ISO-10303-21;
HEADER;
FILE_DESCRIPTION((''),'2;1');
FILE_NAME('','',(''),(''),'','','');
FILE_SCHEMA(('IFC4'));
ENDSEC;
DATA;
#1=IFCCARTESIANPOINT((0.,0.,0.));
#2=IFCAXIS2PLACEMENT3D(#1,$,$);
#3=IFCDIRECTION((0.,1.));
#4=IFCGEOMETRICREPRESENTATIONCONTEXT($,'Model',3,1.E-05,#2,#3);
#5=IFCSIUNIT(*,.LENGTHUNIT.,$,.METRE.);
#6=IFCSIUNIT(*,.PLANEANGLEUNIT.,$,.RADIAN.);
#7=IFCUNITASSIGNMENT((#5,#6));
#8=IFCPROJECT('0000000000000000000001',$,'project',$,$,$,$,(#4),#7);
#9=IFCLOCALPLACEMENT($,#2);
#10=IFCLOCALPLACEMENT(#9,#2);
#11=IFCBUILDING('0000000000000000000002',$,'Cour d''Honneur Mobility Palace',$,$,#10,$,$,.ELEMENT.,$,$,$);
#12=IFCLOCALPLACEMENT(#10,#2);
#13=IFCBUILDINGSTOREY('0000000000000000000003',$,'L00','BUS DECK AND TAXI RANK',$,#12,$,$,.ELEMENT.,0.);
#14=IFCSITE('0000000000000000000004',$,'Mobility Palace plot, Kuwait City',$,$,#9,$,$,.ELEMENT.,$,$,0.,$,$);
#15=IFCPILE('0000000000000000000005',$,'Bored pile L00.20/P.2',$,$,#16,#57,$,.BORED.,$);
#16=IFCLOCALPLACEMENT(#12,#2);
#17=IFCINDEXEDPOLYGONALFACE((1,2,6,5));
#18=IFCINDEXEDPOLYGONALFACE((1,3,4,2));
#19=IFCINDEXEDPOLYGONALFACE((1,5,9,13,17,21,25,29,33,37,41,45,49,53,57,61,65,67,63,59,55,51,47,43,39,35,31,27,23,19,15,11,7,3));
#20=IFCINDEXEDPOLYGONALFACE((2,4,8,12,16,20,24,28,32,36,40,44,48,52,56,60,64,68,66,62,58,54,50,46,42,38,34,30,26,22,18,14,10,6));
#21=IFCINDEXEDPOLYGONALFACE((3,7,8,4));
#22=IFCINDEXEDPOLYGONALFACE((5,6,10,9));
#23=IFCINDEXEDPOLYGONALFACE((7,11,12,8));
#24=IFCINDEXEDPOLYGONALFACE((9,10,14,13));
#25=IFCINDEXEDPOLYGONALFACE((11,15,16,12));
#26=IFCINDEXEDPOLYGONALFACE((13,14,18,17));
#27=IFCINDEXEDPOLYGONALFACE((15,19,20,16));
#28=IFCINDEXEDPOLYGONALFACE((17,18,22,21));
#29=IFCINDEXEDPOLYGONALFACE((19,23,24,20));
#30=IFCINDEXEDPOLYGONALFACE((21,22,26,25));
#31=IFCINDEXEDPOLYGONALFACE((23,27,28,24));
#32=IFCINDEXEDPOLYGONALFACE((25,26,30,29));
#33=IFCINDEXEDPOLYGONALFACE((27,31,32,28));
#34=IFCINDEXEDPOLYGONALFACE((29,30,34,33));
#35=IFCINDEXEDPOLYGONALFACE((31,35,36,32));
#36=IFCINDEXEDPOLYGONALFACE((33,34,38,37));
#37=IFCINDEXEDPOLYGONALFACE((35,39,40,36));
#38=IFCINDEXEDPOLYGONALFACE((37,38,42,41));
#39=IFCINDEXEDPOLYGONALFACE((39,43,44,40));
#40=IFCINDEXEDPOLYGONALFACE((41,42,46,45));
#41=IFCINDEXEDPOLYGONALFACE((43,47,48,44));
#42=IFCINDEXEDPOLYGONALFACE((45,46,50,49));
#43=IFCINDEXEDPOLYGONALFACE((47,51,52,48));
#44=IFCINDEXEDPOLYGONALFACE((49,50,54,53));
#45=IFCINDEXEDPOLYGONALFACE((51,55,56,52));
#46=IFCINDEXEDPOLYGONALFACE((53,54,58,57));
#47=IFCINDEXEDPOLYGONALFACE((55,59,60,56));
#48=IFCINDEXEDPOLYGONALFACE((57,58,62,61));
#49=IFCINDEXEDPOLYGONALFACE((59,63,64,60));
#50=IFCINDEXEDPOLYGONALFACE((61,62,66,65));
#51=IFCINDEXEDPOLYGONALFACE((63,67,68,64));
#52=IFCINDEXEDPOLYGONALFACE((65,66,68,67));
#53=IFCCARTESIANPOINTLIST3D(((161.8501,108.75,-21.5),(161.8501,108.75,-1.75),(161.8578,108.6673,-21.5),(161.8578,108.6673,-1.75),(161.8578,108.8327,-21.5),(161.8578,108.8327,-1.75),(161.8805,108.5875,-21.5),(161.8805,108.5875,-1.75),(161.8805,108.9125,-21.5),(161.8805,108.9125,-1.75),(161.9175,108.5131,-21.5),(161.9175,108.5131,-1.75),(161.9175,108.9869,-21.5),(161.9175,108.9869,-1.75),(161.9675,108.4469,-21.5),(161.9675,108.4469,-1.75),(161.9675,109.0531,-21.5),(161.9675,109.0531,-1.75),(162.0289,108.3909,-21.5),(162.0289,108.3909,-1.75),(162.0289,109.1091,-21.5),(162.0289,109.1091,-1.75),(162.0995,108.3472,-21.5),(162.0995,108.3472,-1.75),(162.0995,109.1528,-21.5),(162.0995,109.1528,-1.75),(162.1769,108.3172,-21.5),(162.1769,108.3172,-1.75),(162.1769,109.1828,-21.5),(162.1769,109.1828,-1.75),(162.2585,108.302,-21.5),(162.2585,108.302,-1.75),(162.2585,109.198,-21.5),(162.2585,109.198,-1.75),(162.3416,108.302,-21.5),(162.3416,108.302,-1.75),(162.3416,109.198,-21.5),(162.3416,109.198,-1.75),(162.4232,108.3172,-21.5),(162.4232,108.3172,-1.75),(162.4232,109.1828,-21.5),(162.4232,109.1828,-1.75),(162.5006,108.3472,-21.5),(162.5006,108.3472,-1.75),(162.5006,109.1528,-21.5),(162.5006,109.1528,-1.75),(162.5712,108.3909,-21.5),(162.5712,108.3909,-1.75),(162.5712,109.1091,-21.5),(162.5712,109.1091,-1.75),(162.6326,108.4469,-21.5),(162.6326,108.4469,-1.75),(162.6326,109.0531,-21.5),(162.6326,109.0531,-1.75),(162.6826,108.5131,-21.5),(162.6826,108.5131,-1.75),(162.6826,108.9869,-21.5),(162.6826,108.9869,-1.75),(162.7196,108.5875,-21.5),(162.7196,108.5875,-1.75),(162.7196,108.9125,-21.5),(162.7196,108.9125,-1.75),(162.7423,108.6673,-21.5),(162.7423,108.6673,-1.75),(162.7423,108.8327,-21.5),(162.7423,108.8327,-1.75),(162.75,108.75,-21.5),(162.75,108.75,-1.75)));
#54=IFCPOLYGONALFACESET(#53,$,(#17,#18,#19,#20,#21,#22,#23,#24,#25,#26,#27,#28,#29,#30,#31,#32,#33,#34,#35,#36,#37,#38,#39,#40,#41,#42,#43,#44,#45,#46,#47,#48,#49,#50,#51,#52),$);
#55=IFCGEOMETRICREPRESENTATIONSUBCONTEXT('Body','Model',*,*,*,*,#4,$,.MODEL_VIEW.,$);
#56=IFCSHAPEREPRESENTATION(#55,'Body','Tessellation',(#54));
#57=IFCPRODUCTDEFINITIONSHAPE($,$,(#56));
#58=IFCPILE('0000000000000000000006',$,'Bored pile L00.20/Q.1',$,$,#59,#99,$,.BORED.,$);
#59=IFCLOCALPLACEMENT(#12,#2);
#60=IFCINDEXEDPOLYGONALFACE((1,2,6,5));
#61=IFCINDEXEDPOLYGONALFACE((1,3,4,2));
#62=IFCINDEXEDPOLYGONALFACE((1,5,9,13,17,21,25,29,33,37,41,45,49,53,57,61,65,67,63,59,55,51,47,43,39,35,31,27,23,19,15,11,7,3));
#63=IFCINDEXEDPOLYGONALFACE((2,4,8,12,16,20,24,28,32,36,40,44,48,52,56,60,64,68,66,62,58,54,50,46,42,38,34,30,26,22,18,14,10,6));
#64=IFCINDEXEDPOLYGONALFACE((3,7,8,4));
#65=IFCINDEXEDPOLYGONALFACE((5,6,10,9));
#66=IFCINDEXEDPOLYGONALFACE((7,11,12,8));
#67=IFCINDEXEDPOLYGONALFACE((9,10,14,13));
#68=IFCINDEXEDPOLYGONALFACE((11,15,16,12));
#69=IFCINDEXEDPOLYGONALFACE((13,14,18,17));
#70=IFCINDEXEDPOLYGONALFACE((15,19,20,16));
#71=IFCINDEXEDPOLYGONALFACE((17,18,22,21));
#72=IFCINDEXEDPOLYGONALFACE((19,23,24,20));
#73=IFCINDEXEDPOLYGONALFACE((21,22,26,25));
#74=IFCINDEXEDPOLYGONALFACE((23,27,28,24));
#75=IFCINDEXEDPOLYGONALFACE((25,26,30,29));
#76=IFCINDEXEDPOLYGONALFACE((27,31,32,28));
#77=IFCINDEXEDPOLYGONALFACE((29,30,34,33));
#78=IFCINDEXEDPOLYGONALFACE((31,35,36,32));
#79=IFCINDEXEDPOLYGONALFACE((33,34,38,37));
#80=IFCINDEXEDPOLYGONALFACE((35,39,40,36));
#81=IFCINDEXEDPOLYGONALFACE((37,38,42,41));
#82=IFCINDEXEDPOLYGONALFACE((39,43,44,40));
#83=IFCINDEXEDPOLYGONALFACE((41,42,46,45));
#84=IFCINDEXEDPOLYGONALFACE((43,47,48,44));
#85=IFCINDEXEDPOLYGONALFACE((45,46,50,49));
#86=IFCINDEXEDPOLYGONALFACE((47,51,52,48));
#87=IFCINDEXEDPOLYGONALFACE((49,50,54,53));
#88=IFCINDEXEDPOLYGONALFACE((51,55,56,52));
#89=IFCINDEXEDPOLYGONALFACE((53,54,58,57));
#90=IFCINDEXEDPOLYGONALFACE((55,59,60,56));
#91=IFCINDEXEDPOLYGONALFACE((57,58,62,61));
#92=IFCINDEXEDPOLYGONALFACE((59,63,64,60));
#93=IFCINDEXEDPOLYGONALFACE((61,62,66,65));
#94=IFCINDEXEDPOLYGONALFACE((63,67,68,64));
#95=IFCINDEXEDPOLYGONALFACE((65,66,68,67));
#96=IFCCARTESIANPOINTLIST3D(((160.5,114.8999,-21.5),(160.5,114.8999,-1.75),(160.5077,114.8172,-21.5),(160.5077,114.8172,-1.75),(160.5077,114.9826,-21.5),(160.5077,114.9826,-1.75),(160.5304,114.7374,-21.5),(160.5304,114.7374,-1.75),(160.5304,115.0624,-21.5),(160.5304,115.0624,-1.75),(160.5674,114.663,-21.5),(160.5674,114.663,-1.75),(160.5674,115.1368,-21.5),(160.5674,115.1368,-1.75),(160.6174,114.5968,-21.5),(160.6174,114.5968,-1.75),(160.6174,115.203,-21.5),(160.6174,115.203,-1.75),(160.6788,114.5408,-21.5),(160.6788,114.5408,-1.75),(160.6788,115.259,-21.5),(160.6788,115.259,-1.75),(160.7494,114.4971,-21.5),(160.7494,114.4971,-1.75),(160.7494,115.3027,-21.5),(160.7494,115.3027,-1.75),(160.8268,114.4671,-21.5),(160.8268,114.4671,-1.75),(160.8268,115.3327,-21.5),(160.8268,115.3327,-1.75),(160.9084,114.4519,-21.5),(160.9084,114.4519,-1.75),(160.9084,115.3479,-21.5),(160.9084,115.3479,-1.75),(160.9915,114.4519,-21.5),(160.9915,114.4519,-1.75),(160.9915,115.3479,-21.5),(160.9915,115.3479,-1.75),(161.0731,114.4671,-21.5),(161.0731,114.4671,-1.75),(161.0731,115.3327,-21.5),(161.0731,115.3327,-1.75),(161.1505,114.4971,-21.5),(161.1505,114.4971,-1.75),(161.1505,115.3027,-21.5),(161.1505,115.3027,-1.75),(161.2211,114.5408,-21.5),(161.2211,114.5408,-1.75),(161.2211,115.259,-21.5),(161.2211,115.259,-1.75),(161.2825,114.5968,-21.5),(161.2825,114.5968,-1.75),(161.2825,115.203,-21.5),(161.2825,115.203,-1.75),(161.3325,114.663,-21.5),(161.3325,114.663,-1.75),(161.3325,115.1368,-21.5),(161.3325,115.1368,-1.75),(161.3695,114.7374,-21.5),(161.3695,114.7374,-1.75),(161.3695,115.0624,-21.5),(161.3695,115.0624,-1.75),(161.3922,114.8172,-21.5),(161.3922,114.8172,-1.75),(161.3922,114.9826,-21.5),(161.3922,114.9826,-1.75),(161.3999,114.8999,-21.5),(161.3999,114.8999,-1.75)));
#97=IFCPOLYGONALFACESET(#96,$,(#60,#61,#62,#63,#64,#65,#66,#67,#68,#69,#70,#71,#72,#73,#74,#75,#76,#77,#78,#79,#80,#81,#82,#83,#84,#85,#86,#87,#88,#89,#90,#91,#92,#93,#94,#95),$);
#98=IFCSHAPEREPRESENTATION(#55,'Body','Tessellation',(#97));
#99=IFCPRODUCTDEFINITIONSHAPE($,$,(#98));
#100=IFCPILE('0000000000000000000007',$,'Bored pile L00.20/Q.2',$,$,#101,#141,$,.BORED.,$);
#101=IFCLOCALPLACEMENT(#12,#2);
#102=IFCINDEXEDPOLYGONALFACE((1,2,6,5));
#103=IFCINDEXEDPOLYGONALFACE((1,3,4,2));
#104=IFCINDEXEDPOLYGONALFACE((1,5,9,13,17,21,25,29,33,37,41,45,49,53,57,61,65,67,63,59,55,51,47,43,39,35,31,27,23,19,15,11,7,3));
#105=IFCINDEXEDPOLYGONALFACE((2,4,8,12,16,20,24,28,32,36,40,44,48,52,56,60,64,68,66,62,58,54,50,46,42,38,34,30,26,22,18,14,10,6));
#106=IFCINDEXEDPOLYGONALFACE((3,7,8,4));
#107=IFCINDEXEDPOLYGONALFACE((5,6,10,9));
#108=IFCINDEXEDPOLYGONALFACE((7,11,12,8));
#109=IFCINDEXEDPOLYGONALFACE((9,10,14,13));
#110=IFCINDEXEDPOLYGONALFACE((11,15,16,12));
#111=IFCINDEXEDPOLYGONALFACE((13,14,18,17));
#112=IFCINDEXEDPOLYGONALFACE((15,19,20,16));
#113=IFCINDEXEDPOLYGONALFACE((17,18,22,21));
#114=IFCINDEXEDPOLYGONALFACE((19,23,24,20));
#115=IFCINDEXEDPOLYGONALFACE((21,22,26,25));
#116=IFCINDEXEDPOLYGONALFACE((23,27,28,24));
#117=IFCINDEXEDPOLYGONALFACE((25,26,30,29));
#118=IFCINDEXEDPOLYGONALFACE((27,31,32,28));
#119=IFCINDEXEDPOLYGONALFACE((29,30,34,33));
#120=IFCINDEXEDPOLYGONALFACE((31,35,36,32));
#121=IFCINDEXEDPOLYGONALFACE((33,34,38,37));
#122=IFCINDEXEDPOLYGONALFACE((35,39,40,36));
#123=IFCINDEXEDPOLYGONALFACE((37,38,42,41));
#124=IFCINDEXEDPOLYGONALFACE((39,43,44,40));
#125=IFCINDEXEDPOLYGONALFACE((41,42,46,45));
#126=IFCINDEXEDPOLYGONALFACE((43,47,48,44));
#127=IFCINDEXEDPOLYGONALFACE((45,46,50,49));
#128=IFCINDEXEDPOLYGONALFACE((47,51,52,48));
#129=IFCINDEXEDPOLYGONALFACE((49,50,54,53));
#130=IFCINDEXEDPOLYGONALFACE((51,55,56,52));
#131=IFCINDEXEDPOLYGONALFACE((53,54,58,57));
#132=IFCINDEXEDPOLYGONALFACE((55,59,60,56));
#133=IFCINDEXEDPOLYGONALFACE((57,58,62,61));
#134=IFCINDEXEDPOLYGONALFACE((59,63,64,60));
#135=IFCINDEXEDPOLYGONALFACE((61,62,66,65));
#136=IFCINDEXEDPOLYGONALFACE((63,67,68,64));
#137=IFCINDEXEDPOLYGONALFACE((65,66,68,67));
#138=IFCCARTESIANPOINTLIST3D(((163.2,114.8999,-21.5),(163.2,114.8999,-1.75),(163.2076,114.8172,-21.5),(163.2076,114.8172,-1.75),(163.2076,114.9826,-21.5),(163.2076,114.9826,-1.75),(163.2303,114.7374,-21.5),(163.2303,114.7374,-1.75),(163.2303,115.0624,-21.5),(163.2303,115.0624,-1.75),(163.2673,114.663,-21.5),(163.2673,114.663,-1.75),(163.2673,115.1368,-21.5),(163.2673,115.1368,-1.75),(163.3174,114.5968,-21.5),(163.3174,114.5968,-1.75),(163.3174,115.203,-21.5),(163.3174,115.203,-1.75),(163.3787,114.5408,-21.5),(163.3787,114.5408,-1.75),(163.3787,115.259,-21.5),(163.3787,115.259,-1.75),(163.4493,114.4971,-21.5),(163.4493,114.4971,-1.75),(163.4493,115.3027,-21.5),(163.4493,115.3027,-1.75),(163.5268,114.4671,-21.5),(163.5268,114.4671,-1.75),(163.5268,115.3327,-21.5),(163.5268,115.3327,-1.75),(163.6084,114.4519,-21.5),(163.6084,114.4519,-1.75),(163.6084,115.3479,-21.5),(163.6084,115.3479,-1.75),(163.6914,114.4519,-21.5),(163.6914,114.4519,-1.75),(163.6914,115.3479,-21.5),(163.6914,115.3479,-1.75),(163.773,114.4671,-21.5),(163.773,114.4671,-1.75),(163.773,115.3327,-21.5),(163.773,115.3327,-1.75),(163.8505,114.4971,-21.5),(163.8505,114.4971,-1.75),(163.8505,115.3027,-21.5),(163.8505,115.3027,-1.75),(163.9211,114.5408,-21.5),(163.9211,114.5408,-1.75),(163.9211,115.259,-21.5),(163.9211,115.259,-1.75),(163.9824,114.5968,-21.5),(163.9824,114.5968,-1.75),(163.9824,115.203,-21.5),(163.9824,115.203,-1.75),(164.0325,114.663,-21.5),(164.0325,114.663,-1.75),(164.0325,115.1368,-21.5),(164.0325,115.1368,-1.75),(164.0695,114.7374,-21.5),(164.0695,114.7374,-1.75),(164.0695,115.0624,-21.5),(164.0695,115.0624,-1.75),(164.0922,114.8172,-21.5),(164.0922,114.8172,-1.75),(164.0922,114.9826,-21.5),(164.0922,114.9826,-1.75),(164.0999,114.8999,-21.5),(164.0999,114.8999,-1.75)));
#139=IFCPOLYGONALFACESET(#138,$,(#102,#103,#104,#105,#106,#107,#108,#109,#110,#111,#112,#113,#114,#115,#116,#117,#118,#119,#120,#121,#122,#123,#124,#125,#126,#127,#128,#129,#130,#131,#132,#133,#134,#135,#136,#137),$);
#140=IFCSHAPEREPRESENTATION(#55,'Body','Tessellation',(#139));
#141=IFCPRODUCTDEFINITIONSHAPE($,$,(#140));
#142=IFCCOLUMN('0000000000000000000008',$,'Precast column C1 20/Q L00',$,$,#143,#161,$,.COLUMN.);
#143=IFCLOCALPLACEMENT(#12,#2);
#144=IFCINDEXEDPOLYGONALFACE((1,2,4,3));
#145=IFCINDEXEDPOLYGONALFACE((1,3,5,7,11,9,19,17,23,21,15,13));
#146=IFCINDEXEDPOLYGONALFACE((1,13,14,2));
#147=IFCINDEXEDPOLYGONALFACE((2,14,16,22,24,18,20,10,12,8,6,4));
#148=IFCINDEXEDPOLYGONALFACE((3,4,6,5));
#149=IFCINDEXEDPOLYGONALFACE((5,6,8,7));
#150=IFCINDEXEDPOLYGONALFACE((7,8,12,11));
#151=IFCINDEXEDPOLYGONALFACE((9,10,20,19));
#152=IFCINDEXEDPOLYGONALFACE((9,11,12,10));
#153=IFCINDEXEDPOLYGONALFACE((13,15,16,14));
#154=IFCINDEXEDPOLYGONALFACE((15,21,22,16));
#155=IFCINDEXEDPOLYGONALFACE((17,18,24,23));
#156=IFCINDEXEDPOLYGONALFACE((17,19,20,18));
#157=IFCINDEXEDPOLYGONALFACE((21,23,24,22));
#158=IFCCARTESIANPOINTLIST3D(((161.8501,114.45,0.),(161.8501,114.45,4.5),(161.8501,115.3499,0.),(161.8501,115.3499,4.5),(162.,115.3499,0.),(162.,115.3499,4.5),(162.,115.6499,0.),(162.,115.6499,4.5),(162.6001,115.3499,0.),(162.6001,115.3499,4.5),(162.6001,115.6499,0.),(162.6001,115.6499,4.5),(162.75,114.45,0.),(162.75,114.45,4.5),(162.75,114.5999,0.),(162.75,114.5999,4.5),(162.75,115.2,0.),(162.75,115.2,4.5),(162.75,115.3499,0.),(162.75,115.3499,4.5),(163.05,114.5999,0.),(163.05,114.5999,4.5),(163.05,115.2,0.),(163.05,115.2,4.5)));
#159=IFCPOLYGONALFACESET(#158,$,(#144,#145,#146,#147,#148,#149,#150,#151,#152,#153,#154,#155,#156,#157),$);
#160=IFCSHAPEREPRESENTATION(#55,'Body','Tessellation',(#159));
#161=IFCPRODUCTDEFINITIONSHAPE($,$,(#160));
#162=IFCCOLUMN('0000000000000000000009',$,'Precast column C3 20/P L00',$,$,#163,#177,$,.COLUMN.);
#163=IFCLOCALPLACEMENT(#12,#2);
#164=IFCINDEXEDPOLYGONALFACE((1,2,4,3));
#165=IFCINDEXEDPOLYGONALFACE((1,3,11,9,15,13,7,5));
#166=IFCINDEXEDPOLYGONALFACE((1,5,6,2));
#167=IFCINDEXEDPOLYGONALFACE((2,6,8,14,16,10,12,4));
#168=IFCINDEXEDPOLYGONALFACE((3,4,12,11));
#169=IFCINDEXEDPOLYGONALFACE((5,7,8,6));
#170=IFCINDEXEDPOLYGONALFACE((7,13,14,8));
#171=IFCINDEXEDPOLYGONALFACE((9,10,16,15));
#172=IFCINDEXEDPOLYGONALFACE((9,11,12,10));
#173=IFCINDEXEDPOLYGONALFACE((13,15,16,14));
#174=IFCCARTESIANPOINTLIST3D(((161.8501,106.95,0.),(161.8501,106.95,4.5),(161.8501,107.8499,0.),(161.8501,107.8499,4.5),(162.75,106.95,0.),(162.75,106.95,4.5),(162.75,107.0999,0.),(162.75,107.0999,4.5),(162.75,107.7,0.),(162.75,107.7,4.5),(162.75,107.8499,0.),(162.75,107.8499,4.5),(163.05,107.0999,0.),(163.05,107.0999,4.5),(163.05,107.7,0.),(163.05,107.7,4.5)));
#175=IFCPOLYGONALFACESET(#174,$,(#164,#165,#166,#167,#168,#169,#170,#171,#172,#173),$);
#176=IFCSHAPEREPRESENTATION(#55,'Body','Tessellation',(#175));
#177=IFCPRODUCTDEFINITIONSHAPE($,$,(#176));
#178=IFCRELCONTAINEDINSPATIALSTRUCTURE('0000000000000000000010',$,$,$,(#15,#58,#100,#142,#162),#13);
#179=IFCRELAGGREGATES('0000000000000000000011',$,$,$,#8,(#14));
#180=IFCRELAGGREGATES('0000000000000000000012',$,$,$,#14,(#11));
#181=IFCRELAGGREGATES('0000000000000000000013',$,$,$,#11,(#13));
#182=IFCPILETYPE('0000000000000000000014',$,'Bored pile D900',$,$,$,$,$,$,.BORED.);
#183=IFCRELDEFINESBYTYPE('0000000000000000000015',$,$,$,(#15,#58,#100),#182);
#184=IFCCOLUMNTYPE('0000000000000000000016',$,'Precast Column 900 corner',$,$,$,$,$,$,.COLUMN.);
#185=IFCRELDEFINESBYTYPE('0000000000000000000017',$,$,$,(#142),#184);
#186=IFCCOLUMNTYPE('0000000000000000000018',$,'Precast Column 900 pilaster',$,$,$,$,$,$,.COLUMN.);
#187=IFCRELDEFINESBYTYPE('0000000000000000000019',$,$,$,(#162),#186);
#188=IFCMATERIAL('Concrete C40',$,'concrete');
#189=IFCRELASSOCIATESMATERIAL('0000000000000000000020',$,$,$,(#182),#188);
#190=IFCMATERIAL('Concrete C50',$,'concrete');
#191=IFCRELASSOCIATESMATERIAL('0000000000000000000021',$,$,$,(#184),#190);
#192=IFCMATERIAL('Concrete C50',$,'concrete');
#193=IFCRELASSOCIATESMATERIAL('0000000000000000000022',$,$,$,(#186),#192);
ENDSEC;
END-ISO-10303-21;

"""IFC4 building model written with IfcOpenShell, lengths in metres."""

from ifc_helpers import new_model, si_unit, direction, frame, origin, origin_2d, place, context, subcontext, project, spatial, polyline, circle, outline, extrude, material, material_profile, profile_set, type_object, element, save


model = new_model("IFC4")

# Units and contexts
model_context = context("Model", 3, precision=1e-05, world=origin(), true_north=direction((0.0, 1.0)))
body_context = subcontext(model_context, "Body", "Model", "MODEL_VIEW")
ifc_project = project(units=[si_unit("LENGTHUNIT", "METRE"), si_unit("PLANEANGLEUNIT", "RADIAN")], contexts=[model_context])

# Site, building, storey
site_placement = place(None, origin())
site = spatial("IfcSite", under=ifc_project, at=site_placement, Name="Mobility Palace plot, Kuwait City", CompositionType="ELEMENT", RefElevation=0.0)
building_placement = place(site_placement, origin())
building = spatial("IfcBuilding", under=site, at=building_placement, Name="Cour d'Honneur Mobility Palace", CompositionType="ELEMENT")
storey_placement = place(building_placement, origin())
storey = spatial("IfcBuildingStorey", under=building, at=storey_placement, Name="L00", Description="BUS DECK AND TAXI RANK", CompositionType="ELEMENT", Elevation=0.0)

# Piles
ifc_material_1 = material(Name="Concrete C40", Category="concrete")
ifc_material_profile_1 = material_profile(ifc_material_1, circle(Radius=0.45, at=origin_2d()), Name="Bored pile D900")
ifc_profile_set_1 = profile_set([ifc_material_profile_1], Name="Concrete C40")
pile_type = type_object("IfcPileType", Name="Bored pile D900", PredefinedType="BORED", material=ifc_profile_set_1)
for number, where, z_axis, x_axis, name in (
    (1, (162.3, 108.75, -1.75), (0.0, 0.0, -1.0), (1.0, 0.0, 0.0), "Bored pile L00.20/P.2"),
    (2, (160.95, 114.8999, -1.75), (0.0, 0.0, -1.0), (1.0, 0.0, 0.0), "Bored pile L00.20/Q.1"),
    (3, (163.6499, 114.8999, -1.75), (0.0, 0.0, -1.0), (1.0, 0.0, 0.0), "Bored pile L00.20/Q.2"),
):
    element("IfcPile", number, at=place(storey_placement, frame(where, z_axis=z_axis, x_axis=x_axis)), inside=storey, type_object=pile_type, Name=name, PredefinedType="BORED", context=body_context, shape_type="SweptSolid", body=[
        extrude(circle(Radius=0.45, at=origin_2d()), origin(), (0.0, 0.0, 1.0), 19.75),
    ])

# Columns
ifc_material_2 = material(Name="Concrete C50", Category="concrete")
ifc_material_profile_2 = material_profile(ifc_material_2, outline(polyline([(-0.45, -0.45), (0.45, -0.45), (0.45, -0.3), (0.75, -0.3), (0.75, 0.3), (0.45, 0.3), (0.45, 0.45), (0.3, 0.45), (0.3, 0.75), (-0.3, 0.75), (-0.3, 0.45), (-0.45, 0.45), (-0.45, -0.45)])), Name="PC C900 corner")
ifc_profile_set_2 = profile_set([ifc_material_profile_2], Name="Concrete C50")
column_type_1 = type_object("IfcColumnType", Name="Precast Column 900 corner", PredefinedType="COLUMN", material=ifc_profile_set_2)
column_1_placement = place(storey_placement, frame((162.3, 114.8999, 0.0), z_axis=(0.0, 0.0, 1.0), x_axis=(1.0, 0.0, 0.0)))
element("IfcColumn", 4, at=column_1_placement, inside=storey, type_object=column_type_1, Name="Precast column C1 20/Q L00", PredefinedType="COLUMN", context=body_context, shape_type="SweptSolid", body=[
    extrude(outline(polyline([(-0.45, -0.45), (0.45, -0.45), (0.45, -0.3), (0.75, -0.3), (0.75, 0.3), (0.45, 0.3), (0.45, 0.45), (0.3, 0.45), (0.3, 0.75), (-0.3, 0.75), (-0.3, 0.45), (-0.45, 0.45), (-0.45, -0.45)])), origin(), (0.0, 0.0, 1.0), 4.5),
])
ifc_material_3 = material(Name="Concrete C50", Category="concrete")
ifc_material_profile_3 = material_profile(ifc_material_3, outline(polyline([(-0.45, -0.45), (0.45, -0.45), (0.45, -0.3), (0.75, -0.3), (0.75, 0.3), (0.45, 0.3), (0.45, 0.45), (-0.45, 0.45), (-0.45, -0.45)])), Name="PC C900 pilaster")
ifc_profile_set_3 = profile_set([ifc_material_profile_3], Name="Concrete C50")
column_type_2 = type_object("IfcColumnType", Name="Precast Column 900 pilaster", PredefinedType="COLUMN", material=ifc_profile_set_3)
column_2_placement = place(storey_placement, frame((162.3, 107.3999, 0.0), z_axis=(0.0, 0.0, 1.0), x_axis=(1.0, 0.0, 0.0)))
element("IfcColumn", 5, at=column_2_placement, inside=storey, type_object=column_type_2, Name="Precast column C3 20/P L00", PredefinedType="COLUMN", context=body_context, shape_type="SweptSolid", body=[
    extrude(outline(polyline([(-0.45, -0.45), (0.45, -0.45), (0.45, -0.3), (0.75, -0.3), (0.75, 0.3), (0.45, 0.3), (0.45, 0.45), (-0.45, 0.45), (-0.45, -0.45)])), origin(), (0.0, 0.0, 1.0), 4.5),
])

save(model, "model.ifc")
